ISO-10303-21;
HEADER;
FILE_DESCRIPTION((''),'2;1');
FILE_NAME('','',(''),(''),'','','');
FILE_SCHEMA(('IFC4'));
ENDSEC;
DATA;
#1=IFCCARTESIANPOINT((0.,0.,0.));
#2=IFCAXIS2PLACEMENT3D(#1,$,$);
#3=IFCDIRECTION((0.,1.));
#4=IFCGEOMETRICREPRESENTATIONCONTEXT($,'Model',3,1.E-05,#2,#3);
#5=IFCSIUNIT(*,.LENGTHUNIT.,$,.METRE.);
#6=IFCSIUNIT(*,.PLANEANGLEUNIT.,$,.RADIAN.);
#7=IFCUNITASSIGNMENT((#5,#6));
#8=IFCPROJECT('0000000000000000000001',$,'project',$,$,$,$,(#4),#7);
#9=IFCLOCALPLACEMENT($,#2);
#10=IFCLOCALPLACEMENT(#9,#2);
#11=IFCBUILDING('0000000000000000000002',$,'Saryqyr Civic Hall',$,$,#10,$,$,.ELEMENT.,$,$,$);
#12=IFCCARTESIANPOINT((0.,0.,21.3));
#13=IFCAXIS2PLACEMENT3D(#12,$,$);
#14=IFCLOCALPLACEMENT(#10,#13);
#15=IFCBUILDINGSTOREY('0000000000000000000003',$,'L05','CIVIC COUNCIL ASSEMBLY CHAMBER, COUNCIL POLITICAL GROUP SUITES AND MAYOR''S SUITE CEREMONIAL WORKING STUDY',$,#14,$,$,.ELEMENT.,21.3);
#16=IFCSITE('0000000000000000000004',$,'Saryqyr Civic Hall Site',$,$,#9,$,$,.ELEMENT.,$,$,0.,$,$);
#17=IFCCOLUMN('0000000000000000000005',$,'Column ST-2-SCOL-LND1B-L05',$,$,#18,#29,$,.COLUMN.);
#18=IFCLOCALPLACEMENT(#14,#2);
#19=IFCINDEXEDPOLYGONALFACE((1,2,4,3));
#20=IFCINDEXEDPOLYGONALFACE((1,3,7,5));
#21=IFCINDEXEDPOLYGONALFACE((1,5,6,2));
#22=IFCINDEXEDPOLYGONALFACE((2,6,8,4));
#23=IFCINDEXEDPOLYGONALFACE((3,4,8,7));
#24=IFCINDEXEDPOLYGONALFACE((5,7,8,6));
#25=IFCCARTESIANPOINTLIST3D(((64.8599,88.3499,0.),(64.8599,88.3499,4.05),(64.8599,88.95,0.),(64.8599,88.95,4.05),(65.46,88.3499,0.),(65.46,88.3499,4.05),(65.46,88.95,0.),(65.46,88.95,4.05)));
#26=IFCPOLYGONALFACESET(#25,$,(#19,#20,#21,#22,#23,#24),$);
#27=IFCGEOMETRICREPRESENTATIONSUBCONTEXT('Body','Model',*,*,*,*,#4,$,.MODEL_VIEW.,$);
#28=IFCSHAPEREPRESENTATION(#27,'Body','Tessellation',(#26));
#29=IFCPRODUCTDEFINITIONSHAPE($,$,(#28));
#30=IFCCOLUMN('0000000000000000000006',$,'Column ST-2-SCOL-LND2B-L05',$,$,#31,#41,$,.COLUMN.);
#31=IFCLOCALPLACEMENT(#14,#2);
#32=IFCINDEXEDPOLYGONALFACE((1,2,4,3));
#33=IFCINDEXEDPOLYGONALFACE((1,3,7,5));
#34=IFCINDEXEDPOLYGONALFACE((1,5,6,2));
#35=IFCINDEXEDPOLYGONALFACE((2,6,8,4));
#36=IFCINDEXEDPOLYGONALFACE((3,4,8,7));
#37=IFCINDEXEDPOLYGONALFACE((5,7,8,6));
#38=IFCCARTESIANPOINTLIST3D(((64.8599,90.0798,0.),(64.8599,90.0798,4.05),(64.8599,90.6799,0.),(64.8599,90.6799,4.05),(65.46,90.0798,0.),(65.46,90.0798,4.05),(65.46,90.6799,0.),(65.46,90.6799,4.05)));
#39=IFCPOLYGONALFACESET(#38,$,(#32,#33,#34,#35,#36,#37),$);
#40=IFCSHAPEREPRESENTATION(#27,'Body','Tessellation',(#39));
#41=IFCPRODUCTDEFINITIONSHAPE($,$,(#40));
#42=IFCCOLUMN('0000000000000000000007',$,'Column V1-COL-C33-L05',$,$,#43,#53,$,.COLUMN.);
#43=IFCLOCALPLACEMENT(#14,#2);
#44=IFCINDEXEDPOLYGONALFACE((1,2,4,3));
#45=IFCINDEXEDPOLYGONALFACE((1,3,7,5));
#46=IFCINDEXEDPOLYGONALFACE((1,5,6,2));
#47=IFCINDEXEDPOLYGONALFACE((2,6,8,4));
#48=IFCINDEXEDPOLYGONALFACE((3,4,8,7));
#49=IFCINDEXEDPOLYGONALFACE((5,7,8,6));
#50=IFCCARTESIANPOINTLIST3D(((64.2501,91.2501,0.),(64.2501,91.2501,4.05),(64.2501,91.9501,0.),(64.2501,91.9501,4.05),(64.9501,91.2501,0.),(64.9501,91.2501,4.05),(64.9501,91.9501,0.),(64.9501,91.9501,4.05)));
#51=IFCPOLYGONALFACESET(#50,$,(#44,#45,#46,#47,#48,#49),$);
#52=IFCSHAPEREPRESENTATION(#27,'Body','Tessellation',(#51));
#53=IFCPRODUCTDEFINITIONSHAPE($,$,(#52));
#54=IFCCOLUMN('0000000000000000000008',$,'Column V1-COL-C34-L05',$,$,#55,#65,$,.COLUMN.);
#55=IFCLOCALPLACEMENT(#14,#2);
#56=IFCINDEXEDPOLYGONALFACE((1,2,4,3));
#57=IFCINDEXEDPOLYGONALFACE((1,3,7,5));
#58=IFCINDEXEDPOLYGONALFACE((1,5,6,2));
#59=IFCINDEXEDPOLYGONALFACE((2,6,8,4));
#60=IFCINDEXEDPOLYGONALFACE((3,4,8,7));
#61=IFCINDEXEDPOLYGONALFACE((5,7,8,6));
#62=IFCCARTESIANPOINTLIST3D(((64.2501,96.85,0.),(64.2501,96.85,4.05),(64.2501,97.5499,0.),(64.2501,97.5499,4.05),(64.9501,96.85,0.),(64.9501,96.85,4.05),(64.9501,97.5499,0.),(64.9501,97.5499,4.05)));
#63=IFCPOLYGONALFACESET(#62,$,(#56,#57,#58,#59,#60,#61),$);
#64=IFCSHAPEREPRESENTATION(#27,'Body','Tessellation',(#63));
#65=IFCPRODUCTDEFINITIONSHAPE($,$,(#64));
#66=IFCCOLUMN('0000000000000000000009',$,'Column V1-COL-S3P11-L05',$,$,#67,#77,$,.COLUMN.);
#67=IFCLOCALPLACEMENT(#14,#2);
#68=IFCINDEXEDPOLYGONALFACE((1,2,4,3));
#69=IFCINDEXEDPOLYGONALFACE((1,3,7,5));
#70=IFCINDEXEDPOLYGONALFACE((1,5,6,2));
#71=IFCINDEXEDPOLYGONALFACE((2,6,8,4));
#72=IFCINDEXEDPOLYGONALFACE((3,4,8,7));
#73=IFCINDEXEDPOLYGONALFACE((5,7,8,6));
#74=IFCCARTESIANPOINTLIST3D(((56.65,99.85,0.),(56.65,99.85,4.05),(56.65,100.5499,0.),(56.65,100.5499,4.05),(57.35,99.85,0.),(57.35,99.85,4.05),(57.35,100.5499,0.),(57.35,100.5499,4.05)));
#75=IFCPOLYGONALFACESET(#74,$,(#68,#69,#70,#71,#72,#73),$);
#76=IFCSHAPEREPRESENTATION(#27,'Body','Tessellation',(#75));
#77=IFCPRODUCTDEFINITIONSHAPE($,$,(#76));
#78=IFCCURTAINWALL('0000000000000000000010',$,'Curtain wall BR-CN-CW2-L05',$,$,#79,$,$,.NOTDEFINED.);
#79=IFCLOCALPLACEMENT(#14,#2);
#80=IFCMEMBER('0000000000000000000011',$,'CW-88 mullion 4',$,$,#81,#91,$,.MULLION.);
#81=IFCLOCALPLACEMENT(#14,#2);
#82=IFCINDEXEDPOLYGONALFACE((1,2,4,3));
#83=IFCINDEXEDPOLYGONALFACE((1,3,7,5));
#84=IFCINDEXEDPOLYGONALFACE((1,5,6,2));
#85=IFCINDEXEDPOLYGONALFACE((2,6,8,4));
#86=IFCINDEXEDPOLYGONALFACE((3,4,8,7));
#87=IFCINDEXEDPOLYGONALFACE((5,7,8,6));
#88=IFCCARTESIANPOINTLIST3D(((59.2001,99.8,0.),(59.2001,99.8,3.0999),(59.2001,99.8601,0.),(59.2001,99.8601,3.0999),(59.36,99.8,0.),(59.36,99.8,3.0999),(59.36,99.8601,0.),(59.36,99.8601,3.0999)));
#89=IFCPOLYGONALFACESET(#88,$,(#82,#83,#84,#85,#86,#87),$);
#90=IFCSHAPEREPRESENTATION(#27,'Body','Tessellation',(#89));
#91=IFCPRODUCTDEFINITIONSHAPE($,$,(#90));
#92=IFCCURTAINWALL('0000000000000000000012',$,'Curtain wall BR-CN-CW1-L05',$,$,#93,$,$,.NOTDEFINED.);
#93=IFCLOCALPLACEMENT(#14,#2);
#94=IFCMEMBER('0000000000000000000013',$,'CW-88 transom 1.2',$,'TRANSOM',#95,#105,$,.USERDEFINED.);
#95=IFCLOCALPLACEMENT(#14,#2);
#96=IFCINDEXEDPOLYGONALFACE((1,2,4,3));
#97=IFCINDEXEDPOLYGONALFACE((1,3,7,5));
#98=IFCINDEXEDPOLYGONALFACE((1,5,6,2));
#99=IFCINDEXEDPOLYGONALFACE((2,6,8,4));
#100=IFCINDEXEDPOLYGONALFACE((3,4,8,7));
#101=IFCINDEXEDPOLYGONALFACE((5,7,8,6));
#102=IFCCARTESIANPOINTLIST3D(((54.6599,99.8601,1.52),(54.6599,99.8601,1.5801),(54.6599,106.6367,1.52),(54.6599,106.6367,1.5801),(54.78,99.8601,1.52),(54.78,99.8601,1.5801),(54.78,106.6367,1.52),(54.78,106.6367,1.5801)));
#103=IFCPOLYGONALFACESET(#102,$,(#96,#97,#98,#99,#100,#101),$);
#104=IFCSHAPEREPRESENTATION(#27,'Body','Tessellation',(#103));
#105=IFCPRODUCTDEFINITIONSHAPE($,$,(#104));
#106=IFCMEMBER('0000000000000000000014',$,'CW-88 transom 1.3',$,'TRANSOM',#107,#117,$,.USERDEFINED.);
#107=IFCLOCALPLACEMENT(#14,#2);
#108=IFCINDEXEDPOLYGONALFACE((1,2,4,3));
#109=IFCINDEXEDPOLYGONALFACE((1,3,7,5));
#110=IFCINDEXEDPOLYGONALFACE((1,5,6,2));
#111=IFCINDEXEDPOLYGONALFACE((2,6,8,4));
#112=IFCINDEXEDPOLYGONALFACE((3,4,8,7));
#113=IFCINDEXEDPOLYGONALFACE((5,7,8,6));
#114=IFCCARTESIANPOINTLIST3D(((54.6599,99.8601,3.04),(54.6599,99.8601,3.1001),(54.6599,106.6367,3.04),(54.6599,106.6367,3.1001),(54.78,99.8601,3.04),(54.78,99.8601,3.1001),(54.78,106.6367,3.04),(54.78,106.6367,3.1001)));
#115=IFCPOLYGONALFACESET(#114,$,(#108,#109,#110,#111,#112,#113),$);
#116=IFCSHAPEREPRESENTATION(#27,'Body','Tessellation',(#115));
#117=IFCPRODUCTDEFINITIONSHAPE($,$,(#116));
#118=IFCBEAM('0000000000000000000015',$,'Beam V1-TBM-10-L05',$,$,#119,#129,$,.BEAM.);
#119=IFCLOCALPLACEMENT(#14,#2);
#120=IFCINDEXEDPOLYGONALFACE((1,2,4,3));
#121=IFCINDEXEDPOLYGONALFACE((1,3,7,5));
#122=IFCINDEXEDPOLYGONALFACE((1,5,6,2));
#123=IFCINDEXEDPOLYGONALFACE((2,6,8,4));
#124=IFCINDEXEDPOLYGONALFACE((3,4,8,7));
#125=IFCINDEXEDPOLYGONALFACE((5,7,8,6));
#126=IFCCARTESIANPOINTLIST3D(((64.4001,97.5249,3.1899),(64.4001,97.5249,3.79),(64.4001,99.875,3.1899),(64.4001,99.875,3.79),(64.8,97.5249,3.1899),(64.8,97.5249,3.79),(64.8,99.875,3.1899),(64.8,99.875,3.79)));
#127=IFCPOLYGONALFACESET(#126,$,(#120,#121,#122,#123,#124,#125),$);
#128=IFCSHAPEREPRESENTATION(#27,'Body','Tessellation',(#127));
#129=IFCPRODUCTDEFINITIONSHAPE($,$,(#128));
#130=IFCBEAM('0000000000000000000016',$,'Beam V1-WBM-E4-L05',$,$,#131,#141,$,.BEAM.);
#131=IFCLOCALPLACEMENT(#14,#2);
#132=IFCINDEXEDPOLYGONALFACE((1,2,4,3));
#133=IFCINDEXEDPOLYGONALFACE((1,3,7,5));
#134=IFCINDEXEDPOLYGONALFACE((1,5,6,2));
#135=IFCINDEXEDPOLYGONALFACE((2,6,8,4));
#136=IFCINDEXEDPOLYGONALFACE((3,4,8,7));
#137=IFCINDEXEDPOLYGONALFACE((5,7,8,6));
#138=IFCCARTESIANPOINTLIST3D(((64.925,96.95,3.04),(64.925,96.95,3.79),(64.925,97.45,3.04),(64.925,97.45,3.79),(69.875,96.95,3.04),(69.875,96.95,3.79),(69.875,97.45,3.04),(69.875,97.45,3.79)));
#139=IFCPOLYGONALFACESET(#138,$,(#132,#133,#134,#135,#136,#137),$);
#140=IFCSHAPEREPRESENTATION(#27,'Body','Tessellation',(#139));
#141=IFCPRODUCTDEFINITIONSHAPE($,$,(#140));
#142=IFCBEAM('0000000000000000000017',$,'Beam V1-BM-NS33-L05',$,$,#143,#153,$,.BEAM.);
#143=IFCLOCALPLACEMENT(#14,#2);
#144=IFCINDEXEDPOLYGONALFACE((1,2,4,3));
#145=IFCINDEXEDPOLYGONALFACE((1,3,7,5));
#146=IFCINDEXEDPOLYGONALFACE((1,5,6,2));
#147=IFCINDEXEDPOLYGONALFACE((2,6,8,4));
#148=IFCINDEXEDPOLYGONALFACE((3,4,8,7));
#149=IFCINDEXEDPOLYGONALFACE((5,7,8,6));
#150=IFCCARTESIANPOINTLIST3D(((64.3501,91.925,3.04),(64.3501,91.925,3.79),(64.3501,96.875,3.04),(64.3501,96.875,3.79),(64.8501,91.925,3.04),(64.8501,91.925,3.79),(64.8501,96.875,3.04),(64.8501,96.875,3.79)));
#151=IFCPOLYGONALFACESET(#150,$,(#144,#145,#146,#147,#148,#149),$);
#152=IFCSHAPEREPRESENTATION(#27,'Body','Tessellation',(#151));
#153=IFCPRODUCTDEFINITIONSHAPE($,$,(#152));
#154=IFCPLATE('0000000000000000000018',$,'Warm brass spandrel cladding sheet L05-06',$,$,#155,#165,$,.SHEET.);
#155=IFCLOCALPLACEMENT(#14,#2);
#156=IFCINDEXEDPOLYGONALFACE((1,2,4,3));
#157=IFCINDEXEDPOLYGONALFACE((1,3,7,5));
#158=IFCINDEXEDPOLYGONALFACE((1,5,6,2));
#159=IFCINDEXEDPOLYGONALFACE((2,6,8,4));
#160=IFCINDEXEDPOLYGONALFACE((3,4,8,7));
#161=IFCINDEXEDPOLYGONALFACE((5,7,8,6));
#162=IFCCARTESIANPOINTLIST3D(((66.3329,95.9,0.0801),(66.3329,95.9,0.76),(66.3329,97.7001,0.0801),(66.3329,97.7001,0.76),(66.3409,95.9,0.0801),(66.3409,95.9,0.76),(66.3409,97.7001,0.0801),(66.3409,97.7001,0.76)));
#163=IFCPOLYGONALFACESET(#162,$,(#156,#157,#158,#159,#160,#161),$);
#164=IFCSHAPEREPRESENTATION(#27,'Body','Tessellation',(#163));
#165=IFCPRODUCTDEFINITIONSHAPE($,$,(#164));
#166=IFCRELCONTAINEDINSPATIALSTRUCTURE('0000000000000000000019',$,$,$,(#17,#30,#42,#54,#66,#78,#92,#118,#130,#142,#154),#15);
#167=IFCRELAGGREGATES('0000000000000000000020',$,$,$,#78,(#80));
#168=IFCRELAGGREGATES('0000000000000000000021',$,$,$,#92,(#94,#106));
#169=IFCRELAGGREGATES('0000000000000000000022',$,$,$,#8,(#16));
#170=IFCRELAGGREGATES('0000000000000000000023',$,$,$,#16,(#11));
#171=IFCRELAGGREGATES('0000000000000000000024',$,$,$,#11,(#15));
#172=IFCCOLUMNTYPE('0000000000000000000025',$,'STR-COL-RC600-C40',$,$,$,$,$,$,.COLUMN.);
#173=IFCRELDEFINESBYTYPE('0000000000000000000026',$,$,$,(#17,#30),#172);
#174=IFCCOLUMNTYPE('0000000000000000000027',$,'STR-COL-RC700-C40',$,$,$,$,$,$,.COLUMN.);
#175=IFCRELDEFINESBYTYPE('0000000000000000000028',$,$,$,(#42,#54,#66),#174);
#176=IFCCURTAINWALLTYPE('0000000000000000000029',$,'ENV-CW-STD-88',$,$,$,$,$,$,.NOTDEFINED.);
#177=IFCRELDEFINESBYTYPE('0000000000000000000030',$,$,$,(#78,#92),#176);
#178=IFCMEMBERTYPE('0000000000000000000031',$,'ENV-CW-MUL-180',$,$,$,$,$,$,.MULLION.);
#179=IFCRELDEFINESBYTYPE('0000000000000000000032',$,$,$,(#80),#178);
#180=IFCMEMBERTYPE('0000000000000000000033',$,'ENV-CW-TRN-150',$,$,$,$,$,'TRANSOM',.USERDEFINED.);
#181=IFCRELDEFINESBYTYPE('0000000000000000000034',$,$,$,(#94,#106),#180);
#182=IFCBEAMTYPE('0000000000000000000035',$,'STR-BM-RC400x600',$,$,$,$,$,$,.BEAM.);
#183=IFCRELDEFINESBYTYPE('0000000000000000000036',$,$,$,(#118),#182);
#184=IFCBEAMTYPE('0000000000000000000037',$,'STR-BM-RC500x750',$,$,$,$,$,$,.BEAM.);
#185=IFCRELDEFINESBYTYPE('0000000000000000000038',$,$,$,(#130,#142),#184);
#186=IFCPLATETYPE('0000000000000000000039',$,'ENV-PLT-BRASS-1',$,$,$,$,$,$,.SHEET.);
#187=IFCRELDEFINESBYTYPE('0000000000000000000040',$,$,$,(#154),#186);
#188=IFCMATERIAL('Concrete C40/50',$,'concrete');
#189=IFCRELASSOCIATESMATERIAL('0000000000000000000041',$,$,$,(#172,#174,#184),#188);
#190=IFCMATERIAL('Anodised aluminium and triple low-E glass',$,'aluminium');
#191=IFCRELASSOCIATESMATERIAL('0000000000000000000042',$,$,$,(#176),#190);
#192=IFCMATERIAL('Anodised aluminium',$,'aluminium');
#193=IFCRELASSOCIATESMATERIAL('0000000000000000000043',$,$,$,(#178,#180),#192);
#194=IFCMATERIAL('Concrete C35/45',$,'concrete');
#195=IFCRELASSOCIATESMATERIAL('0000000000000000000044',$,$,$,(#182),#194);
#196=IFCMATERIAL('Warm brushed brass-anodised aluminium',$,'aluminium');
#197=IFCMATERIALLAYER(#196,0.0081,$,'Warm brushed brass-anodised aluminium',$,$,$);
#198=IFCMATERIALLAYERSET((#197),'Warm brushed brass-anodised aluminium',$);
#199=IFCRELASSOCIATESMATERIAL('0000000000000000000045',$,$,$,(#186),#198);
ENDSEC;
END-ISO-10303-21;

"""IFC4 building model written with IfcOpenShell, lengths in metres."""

from ifc_helpers import new_model, si_unit, direction, frame, origin, origin_2d, place, context, subcontext, project, spatial, rectangle, extrude, material, layer, layer_set, material_profile, profile_set, type_object, element, aggregate, save


model = new_model("IFC4")

# Units and contexts
model_context = context("Model", 3, precision=1e-05, world=origin(), true_north=direction((0.0, 1.0)))
body_context = subcontext(model_context, "Body", "Model", "MODEL_VIEW")
ifc_project = project(units=[si_unit("LENGTHUNIT", "METRE"), si_unit("PLANEANGLEUNIT", "RADIAN")], contexts=[model_context])

# Site, building, storey
site_placement = place(None, origin())
site = spatial("IfcSite", under=ifc_project, at=site_placement, Name="Saryqyr Civic Hall Site", CompositionType="ELEMENT", RefElevation=0.0)
building_placement = place(site_placement, origin())
building = spatial("IfcBuilding", under=site, at=building_placement, Name="Saryqyr Civic Hall", CompositionType="ELEMENT")
storey_placement = place(building_placement, frame((0.0, 0.0, 21.3)))
storey = spatial("IfcBuildingStorey", under=building, at=storey_placement, Name="L05", Description="CIVIC COUNCIL ASSEMBLY CHAMBER, COUNCIL POLITICAL GROUP SUITES AND MAYOR'S SUITE CEREMONIAL WORKING STUDY", CompositionType="ELEMENT", Elevation=21.3)

# Columns
ifc_material_1 = material(Name="Concrete C40/50", Category="concrete")
ifc_material_profile_1 = material_profile(ifc_material_1, rectangle(XDim=0.6001, YDim=0.6001, at=origin_2d()), Name="RC 600x600")
ifc_profile_set_1 = profile_set([ifc_material_profile_1], Name="Concrete C40/50")
column_type_1 = type_object("IfcColumnType", Name="STR-COL-RC600-C40", PredefinedType="COLUMN", material=ifc_profile_set_1)
for number, where, z_axis, x_axis, name in (
    (1, (65.1599, 88.6499, 0.0), (0.0, 0.0, 1.0), (1.0, 0.0, 0.0), "Column ST-2-SCOL-LND1B-L05"),
    (2, (65.1599, 90.3799, 0.0), (0.0, 0.0, 1.0), (1.0, 0.0, 0.0), "Column ST-2-SCOL-LND2B-L05"),
):
    element("IfcColumn", number, at=place(storey_placement, frame(where, z_axis=z_axis, x_axis=x_axis)), inside=storey, type_object=column_type_1, Name=name, PredefinedType="COLUMN", context=body_context, shape_type="SweptSolid", body=[
        extrude(rectangle(XDim=0.6001, YDim=0.6001, at=origin_2d()), origin(), (0.0, 0.0, 1.0), 4.05),
    ])
ifc_material_profile_2 = material_profile(ifc_material_1, rectangle(XDim=0.7, YDim=0.7, at=origin_2d()), Name="RC 700x700")
ifc_profile_set_2 = profile_set([ifc_material_profile_2], Name="Concrete C40/50")
column_type_2 = type_object("IfcColumnType", Name="STR-COL-RC700-C40", PredefinedType="COLUMN", material=ifc_profile_set_2)
for number, where, z_axis, x_axis, name in (
    (3, (64.6001, 91.6001, 0.0), (0.0, 0.0, 1.0), (1.0, 0.0, 0.0), "Column V1-COL-C33-L05"),
    (4, (64.6001, 97.2, 0.0), (0.0, 0.0, 1.0), (1.0, 0.0, 0.0), "Column V1-COL-C34-L05"),
    (5, (57.0, 100.2, 0.0), (0.0, 0.0, 1.0), (1.0, 0.0, 0.0), "Column V1-COL-S3P11-L05"),
):
    element("IfcColumn", number, at=place(storey_placement, frame(where, z_axis=z_axis, x_axis=x_axis)), inside=storey, type_object=column_type_2, Name=name, PredefinedType="COLUMN", context=body_context, shape_type="SweptSolid", body=[
        extrude(rectangle(XDim=0.7, YDim=0.7, at=origin_2d()), origin(), (0.0, 0.0, 1.0), 4.05),
    ])

# Curtain wall, member
ifc_material_2 = material(Name="Anodised aluminium and triple low-E glass", Category="aluminium")
curtain_wall_type = type_object("IfcCurtainWallType", Name="ENV-CW-STD-88", PredefinedType="NOTDEFINED", material=ifc_material_2)
curtain_wall_1_placement = place(storey_placement, origin())
curtain_wall_1 = element("IfcCurtainWall", 6, at=curtain_wall_1_placement, inside=storey, type_object=curtain_wall_type, Name="Curtain wall BR-CN-CW2-L05", PredefinedType="NOTDEFINED")
ifc_material_3 = material(Name="Anodised aluminium", Category="aluminium")
ifc_material_profile_3 = material_profile(ifc_material_3, rectangle(XDim=0.0601, YDim=0.1599, at=origin_2d()), Name="ALU MULLION 60x160")
ifc_profile_set_3 = profile_set([ifc_material_profile_3], Name="Anodised aluminium")
member_type_1 = type_object("IfcMemberType", Name="ENV-CW-MUL-180", PredefinedType="MULLION", material=ifc_profile_set_3)
member_1_placement = place(storey_placement, frame((59.28, 99.8301, 0.0), z_axis=(0.0, 0.0, 1.0), x_axis=(0.0, -1.0, 0.0)))
member_1 = element("IfcMember", 7, at=member_1_placement, type_object=member_type_1, Name="CW-88 mullion 4", PredefinedType="MULLION", context=body_context, shape_type="SweptSolid", body=[
    extrude(rectangle(XDim=0.0601, YDim=0.1599, at=origin_2d()), origin(), (0.0, 0.0, 1.0), 3.0999),
])
aggregate(curtain_wall_1, [member_1])

# Curtain wall, members
curtain_wall_2_placement = place(storey_placement, origin())
curtain_wall_2 = element("IfcCurtainWall", 8, at=curtain_wall_2_placement, inside=storey, type_object=curtain_wall_type, Name="Curtain wall BR-CN-CW1-L05", PredefinedType="NOTDEFINED")
ifc_material_profile_4 = material_profile(ifc_material_3, rectangle(XDim=0.1201, YDim=0.0601, at=origin_2d()), Name="ALU TRANSOM 120x60")
ifc_profile_set_4 = profile_set([ifc_material_profile_4], Name="Anodised aluminium")
member_type_2 = type_object("IfcMemberType", Name="ENV-CW-TRN-150", ElementType="TRANSOM", PredefinedType="USERDEFINED", material=ifc_profile_set_4)
member_2_placement = place(storey_placement, frame((54.72, 99.8601, 1.55), z_axis=(0.0, 1.0, 0.0), x_axis=(-1.0, 0.0, 0.0)))
member_2 = element("IfcMember", 9, at=member_2_placement, type_object=member_type_2, Name="CW-88 transom 1.2", ObjectType="TRANSOM", PredefinedType="USERDEFINED", context=body_context, shape_type="SweptSolid", body=[
    extrude(rectangle(XDim=0.1201, YDim=0.0601, at=origin_2d()), origin(), (0.0, 0.0, 1.0), 6.7766),
])
member_3_placement = place(storey_placement, frame((54.72, 99.8601, 3.0701), z_axis=(0.0, 1.0, 0.0), x_axis=(-1.0, 0.0, 0.0)))
member_3 = element("IfcMember", 10, at=member_3_placement, type_object=member_type_2, Name="CW-88 transom 1.3", ObjectType="TRANSOM", PredefinedType="USERDEFINED", context=body_context, shape_type="SweptSolid", body=[
    extrude(rectangle(XDim=0.1201, YDim=0.0601, at=origin_2d()), origin(), (0.0, 0.0, 1.0), 6.7766),
])
aggregate(curtain_wall_2, [member_2, member_3])

# Beams
ifc_material_4 = material(Name="Concrete C35/45", Category="concrete")
ifc_material_profile_5 = material_profile(ifc_material_4, rectangle(XDim=0.3999, YDim=0.6001, at=origin_2d()), Name="RC 400x600")
ifc_profile_set_5 = profile_set([ifc_material_profile_5], Name="Concrete C35/45")
beam_type_1 = type_object("IfcBeamType", Name="STR-BM-RC400x600", PredefinedType="BEAM", material=ifc_profile_set_5)
beam_placement = place(storey_placement, frame((64.6001, 97.5249, 3.49), z_axis=(0.0, 1.0, 0.0), x_axis=(-1.0, 0.0, 0.0)))
element("IfcBeam", 11, at=beam_placement, inside=storey, type_object=beam_type_1, Name="Beam V1-TBM-10-L05", PredefinedType="BEAM", context=body_context, shape_type="SweptSolid", body=[
    extrude(rectangle(XDim=0.3999, YDim=0.6001, at=origin_2d()), origin(), (0.0, 0.0, 1.0), 2.3501),
])
ifc_material_profile_6 = material_profile(ifc_material_1, rectangle(XDim=0.5, YDim=0.75, at=origin_2d()), Name="RC 500x750")
ifc_profile_set_6 = profile_set([ifc_material_profile_6], Name="Concrete C40/50")
beam_type_2 = type_object("IfcBeamType", Name="STR-BM-RC500x750", PredefinedType="BEAM", material=ifc_profile_set_6)
for number, where, z_axis, x_axis, name in (
    (12, (64.925, 97.2, 3.415), (1.0, 0.0, 0.0), (0.0, 1.0, 0.0), "Beam V1-WBM-E4-L05"),
    (13, (64.6001, 91.925, 3.415), (0.0, 1.0, 0.0), (-1.0, 0.0, 0.0), "Beam V1-BM-NS33-L05"),
):
    element("IfcBeam", number, at=place(storey_placement, frame(where, z_axis=z_axis, x_axis=x_axis)), inside=storey, type_object=beam_type_2, Name=name, PredefinedType="BEAM", context=body_context, shape_type="SweptSolid", body=[
        extrude(rectangle(XDim=0.5, YDim=0.75, at=origin_2d()), origin(), (0.0, 0.0, 1.0), 4.95),
    ])

# Plate
ifc_material_5 = material(Name="Warm brushed brass-anodised aluminium", Category="aluminium")
ifc_layer_1 = layer(ifc_material_5, 0.0081, Name="Warm brushed brass-anodised aluminium")
ifc_layer_set_1 = layer_set([ifc_layer_1], Name="Warm brushed brass-anodised aluminium")
plate_type = type_object("IfcPlateType", Name="ENV-PLT-BRASS-1", PredefinedType="SHEET", material=ifc_layer_set_1)
plate_placement = place(storey_placement, frame((66.3369, 96.8, 0.0801), z_axis=(0.0, 0.0, 1.0), x_axis=(0.0, -1.0, 0.0)))
element("IfcPlate", 14, at=plate_placement, inside=storey, type_object=plate_type, Name="Warm brass spandrel cladding sheet L05-06", PredefinedType="SHEET", context=body_context, shape_type="SweptSolid", body=[
    extrude(rectangle(XDim=1.8, YDim=0.0081, at=origin_2d()), origin(), (0.0, 0.0, 1.0), 0.6799),
])

save(model, "model.ifc")
